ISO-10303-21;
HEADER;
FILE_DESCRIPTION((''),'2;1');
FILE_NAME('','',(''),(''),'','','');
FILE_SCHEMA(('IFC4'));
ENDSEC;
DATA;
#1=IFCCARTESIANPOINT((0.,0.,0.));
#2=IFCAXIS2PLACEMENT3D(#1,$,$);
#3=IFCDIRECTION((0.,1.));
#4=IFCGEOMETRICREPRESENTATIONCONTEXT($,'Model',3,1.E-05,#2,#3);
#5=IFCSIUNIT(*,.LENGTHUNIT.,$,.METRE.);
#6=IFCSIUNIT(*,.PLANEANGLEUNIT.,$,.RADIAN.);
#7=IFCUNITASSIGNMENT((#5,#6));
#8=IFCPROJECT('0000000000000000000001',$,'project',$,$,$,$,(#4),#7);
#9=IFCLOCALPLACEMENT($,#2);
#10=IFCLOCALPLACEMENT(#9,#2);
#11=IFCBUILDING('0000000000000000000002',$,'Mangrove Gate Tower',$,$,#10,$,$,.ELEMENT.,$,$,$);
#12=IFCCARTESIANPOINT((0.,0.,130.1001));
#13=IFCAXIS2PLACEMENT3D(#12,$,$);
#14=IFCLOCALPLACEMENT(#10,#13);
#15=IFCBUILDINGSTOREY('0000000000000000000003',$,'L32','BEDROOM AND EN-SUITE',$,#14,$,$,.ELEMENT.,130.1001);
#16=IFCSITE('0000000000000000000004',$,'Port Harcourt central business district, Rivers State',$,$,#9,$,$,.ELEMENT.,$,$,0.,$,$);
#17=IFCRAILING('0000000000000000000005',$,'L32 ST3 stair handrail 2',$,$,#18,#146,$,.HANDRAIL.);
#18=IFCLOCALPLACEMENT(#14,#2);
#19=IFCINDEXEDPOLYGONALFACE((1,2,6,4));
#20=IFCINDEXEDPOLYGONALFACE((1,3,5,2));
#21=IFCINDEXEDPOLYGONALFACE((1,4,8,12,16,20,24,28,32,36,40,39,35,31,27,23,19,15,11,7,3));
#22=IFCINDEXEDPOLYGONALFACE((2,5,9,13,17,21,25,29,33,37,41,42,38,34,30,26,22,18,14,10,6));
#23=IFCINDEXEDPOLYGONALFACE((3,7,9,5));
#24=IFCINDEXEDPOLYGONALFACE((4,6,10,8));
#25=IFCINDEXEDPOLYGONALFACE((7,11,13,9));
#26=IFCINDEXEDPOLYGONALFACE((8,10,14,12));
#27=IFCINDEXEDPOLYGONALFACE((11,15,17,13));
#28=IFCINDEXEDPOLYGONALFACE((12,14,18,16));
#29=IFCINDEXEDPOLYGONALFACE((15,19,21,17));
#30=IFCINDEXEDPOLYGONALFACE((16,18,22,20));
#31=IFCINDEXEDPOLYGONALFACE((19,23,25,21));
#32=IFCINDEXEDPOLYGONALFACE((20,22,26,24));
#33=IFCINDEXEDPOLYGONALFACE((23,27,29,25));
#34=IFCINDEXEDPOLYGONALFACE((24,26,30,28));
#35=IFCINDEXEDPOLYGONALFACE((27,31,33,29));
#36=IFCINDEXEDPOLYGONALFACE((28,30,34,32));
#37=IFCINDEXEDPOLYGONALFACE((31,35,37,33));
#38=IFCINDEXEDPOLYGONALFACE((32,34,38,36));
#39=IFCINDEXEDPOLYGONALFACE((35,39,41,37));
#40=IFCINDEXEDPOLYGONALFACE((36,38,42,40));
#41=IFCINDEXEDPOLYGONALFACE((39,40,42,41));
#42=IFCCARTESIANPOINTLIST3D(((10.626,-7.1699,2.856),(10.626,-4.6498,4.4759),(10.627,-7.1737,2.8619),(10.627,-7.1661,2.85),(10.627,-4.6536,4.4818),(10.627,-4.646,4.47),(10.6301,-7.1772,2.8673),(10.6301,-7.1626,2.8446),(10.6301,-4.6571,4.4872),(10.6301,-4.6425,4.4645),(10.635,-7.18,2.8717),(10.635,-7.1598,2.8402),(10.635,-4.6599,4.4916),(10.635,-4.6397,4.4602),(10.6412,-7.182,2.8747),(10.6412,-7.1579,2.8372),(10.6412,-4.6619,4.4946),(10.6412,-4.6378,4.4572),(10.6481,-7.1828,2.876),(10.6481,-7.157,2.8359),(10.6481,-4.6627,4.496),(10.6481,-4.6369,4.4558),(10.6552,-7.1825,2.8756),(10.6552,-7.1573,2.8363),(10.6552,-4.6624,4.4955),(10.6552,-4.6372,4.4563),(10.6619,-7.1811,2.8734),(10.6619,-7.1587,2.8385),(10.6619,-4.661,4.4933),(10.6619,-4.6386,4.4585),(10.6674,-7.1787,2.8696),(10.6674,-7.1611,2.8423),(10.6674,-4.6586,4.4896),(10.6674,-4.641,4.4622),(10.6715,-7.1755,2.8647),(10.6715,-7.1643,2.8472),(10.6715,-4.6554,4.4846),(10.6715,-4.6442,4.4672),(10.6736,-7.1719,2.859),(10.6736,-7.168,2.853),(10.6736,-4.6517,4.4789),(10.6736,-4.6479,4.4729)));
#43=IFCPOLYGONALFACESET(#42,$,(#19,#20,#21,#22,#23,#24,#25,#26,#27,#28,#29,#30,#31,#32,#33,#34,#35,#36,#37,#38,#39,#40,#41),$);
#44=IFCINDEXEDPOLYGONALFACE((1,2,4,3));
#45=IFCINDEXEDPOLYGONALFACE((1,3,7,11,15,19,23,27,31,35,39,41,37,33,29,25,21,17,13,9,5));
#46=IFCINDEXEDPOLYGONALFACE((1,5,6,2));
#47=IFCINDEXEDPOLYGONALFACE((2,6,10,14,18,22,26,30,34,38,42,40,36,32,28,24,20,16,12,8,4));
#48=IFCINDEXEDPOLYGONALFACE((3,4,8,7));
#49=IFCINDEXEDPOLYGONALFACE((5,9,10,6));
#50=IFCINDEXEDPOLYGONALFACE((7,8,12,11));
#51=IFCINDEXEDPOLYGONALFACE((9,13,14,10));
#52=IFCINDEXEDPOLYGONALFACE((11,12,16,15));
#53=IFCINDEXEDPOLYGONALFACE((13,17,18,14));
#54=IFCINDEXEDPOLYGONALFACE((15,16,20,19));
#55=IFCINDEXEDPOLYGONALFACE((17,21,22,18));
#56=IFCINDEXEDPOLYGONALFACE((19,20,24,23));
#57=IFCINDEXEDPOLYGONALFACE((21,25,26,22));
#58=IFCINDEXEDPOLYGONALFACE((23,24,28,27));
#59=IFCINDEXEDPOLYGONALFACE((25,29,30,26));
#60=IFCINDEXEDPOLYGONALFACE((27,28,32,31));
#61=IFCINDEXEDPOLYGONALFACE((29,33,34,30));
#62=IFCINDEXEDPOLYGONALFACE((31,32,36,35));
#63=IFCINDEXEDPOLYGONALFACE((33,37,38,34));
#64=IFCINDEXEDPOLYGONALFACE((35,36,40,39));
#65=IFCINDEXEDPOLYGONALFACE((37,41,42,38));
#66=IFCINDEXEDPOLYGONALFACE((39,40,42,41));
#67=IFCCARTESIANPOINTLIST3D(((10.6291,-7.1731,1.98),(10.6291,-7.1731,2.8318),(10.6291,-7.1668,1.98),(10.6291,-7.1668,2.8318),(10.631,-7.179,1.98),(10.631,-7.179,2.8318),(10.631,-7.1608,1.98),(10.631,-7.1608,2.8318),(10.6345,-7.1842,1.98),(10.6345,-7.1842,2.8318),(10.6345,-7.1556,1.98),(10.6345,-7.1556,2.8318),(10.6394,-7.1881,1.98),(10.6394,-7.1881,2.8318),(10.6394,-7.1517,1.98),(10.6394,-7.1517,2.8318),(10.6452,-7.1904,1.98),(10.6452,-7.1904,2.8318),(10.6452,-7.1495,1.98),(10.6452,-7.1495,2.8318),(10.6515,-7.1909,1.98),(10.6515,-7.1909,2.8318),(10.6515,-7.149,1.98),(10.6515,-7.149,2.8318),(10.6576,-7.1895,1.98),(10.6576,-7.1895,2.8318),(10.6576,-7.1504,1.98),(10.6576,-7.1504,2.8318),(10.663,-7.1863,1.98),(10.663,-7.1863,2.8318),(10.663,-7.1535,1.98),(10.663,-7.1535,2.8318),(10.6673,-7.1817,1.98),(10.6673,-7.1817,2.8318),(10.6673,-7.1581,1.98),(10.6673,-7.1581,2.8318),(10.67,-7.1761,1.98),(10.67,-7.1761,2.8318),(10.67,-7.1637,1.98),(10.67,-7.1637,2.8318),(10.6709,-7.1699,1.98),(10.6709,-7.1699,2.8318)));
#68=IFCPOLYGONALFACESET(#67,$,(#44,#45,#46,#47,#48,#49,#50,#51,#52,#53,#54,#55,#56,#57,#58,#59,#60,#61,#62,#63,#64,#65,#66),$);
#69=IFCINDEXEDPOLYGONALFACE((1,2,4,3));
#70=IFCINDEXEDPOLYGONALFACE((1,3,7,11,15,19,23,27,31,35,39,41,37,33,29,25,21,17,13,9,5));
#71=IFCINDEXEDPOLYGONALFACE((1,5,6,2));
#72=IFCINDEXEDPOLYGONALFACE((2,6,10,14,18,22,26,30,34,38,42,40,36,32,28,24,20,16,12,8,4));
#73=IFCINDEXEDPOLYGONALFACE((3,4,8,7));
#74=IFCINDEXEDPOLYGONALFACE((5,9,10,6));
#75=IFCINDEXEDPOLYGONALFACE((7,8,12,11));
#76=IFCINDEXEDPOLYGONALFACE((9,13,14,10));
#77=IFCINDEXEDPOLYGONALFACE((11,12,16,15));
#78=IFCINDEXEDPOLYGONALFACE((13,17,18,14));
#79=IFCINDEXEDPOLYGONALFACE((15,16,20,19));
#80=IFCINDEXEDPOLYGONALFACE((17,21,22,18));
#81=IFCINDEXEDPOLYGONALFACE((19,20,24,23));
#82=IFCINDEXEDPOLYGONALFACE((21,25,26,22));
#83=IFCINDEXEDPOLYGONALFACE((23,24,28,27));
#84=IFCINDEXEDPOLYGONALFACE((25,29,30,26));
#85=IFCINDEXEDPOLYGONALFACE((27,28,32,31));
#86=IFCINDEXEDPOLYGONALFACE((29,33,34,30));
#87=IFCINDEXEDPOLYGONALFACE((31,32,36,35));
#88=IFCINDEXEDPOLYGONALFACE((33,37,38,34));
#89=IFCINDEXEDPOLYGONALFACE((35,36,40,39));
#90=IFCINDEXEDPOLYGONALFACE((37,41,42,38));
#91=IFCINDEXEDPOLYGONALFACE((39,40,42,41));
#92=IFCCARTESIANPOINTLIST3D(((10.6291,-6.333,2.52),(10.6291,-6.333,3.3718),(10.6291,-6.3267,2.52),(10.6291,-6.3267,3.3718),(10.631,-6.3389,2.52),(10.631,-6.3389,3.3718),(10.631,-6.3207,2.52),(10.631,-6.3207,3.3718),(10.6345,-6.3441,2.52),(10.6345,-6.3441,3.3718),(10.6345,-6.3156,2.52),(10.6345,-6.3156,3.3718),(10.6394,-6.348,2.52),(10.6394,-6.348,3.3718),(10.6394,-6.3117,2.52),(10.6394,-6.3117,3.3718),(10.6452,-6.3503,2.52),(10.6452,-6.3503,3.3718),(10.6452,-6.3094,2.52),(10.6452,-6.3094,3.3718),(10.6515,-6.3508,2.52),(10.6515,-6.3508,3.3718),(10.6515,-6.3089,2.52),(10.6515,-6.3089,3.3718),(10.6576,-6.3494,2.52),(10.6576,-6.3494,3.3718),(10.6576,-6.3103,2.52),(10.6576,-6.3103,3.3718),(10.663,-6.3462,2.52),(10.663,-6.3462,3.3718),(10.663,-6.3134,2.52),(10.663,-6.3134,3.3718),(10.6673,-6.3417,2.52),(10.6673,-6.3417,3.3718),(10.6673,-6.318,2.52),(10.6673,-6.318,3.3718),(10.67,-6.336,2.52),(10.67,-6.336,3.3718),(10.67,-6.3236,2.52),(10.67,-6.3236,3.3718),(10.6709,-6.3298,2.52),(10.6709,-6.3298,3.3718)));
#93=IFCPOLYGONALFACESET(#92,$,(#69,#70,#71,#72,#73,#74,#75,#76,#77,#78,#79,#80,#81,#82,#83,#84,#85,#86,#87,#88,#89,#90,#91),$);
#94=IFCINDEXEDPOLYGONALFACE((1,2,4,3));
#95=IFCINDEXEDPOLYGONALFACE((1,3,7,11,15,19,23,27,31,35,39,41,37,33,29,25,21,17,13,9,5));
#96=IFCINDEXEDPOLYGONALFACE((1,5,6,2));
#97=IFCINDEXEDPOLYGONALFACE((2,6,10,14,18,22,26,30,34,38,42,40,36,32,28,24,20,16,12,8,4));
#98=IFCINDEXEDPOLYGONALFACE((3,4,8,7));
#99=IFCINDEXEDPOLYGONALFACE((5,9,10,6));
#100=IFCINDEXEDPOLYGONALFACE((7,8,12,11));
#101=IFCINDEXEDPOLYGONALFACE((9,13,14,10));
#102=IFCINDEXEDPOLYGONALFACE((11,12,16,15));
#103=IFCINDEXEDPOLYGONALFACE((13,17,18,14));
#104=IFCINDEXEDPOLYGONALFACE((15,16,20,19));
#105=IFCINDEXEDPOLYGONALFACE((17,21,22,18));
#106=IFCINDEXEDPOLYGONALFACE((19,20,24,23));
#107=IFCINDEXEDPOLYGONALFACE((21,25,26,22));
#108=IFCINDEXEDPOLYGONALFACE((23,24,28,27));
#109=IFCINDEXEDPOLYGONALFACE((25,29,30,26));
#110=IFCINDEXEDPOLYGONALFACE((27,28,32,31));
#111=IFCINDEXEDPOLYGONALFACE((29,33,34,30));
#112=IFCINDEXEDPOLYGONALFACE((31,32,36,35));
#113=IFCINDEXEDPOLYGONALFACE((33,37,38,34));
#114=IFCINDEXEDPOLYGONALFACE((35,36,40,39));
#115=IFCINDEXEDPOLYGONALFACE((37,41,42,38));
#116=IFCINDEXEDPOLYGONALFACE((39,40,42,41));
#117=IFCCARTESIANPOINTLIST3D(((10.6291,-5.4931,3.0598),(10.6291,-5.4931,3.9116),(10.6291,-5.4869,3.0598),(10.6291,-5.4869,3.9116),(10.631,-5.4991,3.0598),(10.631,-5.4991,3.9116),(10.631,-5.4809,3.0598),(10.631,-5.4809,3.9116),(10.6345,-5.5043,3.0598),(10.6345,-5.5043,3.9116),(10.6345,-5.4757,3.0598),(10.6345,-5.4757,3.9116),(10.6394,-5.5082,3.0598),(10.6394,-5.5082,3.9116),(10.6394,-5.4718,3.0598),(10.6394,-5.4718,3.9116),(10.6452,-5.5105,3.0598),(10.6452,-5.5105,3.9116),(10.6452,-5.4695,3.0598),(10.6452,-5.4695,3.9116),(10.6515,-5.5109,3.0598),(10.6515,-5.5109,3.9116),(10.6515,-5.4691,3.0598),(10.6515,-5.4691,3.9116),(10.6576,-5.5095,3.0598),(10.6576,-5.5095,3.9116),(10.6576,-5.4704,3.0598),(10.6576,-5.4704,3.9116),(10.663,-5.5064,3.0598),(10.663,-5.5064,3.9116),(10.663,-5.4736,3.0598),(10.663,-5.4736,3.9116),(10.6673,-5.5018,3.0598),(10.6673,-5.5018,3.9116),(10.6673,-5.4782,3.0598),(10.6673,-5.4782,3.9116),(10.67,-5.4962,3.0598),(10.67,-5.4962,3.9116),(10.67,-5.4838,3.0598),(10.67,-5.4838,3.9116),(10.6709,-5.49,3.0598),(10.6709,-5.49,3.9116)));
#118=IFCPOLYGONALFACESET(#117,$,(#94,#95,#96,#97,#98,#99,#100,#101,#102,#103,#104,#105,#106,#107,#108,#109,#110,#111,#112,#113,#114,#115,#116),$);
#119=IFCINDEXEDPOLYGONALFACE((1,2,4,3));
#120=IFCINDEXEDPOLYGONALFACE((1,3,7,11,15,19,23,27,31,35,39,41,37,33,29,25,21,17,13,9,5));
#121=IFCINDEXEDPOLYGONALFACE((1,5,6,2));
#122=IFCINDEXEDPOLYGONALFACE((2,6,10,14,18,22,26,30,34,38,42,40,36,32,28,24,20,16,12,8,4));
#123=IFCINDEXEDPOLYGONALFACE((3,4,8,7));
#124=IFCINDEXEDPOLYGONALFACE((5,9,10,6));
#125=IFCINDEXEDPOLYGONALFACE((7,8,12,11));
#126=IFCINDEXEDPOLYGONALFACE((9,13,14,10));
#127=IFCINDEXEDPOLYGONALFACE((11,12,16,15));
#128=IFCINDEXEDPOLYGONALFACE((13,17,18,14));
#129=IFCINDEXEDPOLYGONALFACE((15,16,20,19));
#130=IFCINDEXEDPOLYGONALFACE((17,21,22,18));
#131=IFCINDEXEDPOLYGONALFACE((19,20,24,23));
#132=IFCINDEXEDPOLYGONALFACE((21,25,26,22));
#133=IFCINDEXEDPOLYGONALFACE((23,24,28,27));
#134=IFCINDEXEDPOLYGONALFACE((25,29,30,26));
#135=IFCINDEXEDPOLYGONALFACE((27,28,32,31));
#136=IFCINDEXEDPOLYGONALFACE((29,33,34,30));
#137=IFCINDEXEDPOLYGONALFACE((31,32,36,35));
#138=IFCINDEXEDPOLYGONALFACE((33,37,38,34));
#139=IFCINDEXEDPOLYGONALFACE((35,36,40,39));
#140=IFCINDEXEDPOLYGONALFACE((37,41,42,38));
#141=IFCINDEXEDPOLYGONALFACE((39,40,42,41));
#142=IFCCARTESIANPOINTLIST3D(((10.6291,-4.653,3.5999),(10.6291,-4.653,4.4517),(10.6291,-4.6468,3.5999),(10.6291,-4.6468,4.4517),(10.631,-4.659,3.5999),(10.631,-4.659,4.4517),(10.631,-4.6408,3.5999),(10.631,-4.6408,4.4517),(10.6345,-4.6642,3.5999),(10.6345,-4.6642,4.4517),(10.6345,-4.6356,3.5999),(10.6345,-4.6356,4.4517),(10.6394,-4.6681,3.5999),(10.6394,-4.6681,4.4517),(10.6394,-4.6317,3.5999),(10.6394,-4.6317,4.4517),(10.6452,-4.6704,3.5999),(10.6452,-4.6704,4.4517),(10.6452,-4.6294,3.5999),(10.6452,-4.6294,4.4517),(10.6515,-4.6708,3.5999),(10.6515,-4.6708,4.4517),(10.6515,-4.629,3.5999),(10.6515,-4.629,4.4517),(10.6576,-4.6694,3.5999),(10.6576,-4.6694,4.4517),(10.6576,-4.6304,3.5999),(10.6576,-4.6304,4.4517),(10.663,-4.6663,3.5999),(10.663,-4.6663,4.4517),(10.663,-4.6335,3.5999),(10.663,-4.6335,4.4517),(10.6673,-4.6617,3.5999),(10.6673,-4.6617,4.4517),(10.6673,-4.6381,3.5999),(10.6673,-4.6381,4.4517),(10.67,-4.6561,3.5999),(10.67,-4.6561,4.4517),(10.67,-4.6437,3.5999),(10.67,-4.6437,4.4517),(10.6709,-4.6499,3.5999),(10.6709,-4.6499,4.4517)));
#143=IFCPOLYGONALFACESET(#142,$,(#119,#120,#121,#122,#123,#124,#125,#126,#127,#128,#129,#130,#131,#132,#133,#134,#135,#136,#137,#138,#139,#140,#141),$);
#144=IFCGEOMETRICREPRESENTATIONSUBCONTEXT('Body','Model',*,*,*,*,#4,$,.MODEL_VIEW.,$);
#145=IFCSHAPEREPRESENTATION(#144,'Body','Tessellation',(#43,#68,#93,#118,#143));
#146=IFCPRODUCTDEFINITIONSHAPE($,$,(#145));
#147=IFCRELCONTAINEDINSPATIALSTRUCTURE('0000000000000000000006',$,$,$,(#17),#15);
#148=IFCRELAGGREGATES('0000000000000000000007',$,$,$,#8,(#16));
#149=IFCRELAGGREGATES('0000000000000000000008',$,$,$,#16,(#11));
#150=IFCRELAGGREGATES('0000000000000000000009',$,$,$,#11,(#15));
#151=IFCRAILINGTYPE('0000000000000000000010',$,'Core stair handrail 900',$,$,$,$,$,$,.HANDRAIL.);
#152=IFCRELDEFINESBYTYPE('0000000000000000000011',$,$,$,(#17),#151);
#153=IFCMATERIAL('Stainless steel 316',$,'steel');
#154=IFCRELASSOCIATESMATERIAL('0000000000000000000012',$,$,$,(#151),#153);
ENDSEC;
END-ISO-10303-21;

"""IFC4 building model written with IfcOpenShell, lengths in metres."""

from ifc_helpers import new_model, si_unit, direction, frame, origin, origin_2d, place, context, subcontext, project, spatial, circle, extrude, material, type_object, element, save


model = new_model("IFC4")

# Units and contexts
model_context = context("Model", 3, precision=1e-05, world=origin(), true_north=direction((0.0, 1.0)))
body_context = subcontext(model_context, "Body", "Model", "MODEL_VIEW")
ifc_project = project(units=[si_unit("LENGTHUNIT", "METRE"), si_unit("PLANEANGLEUNIT", "RADIAN")], contexts=[model_context])

# Site, building, storey
site_placement = place(None, origin())
site = spatial("IfcSite", under=ifc_project, at=site_placement, Name="Port Harcourt central business district, Rivers State", CompositionType="ELEMENT", RefElevation=0.0)
building_placement = place(site_placement, origin())
building = spatial("IfcBuilding", under=site, at=building_placement, Name="Mangrove Gate Tower", CompositionType="ELEMENT")
storey_placement = place(building_placement, frame((0.0, 0.0, 130.1001)))
storey = spatial("IfcBuildingStorey", under=building, at=storey_placement, Name="L32", Description="BEDROOM AND EN-SUITE", CompositionType="ELEMENT", Elevation=130.1001)

# Railing
ifc_material_1 = material(Name="Stainless steel 316", Category="steel")
railing_type_1 = type_object("IfcRailingType", Name="Core stair handrail 900", PredefinedType="HANDRAIL", material=ifc_material_1)
railing_1_placement = place(storey_placement, frame((10.6499, -7.1699, 1.98)))
element("IfcRailing", 1, at=railing_1_placement, inside=storey, type_object=railing_type_1, Name="L32 ST3 stair handrail 2", PredefinedType="HANDRAIL", context=body_context, shape_type="SweptSolid", body=[
    extrude(circle(Radius=0.0239, at=origin_2d()), frame((0.0, 0.0, 0.876), z_axis=(0.0, 0.8412, 0.540725), x_axis=(-1.0, 0.0, 0.0)), (0.0, 0.0, 1.0), 2.9958),
    extrude(circle(Radius=0.021, at=origin_2d()), origin(), (0.0, 0.0, 1.0), 0.8518),
    extrude(circle(Radius=0.021, at=origin_2d()), frame((0.0, 0.8401, 0.54)), (0.0, 0.0, 1.0), 0.8518),
    extrude(circle(Radius=0.021, at=origin_2d()), frame((0.0, 1.6799, 1.0798)), (0.0, 0.0, 1.0), 0.8518),
    extrude(circle(Radius=0.021, at=origin_2d()), frame((0.0, 2.52, 1.6199)), (0.0, 0.0, 1.0), 0.8518),
])

save(model, "model.ifc")
